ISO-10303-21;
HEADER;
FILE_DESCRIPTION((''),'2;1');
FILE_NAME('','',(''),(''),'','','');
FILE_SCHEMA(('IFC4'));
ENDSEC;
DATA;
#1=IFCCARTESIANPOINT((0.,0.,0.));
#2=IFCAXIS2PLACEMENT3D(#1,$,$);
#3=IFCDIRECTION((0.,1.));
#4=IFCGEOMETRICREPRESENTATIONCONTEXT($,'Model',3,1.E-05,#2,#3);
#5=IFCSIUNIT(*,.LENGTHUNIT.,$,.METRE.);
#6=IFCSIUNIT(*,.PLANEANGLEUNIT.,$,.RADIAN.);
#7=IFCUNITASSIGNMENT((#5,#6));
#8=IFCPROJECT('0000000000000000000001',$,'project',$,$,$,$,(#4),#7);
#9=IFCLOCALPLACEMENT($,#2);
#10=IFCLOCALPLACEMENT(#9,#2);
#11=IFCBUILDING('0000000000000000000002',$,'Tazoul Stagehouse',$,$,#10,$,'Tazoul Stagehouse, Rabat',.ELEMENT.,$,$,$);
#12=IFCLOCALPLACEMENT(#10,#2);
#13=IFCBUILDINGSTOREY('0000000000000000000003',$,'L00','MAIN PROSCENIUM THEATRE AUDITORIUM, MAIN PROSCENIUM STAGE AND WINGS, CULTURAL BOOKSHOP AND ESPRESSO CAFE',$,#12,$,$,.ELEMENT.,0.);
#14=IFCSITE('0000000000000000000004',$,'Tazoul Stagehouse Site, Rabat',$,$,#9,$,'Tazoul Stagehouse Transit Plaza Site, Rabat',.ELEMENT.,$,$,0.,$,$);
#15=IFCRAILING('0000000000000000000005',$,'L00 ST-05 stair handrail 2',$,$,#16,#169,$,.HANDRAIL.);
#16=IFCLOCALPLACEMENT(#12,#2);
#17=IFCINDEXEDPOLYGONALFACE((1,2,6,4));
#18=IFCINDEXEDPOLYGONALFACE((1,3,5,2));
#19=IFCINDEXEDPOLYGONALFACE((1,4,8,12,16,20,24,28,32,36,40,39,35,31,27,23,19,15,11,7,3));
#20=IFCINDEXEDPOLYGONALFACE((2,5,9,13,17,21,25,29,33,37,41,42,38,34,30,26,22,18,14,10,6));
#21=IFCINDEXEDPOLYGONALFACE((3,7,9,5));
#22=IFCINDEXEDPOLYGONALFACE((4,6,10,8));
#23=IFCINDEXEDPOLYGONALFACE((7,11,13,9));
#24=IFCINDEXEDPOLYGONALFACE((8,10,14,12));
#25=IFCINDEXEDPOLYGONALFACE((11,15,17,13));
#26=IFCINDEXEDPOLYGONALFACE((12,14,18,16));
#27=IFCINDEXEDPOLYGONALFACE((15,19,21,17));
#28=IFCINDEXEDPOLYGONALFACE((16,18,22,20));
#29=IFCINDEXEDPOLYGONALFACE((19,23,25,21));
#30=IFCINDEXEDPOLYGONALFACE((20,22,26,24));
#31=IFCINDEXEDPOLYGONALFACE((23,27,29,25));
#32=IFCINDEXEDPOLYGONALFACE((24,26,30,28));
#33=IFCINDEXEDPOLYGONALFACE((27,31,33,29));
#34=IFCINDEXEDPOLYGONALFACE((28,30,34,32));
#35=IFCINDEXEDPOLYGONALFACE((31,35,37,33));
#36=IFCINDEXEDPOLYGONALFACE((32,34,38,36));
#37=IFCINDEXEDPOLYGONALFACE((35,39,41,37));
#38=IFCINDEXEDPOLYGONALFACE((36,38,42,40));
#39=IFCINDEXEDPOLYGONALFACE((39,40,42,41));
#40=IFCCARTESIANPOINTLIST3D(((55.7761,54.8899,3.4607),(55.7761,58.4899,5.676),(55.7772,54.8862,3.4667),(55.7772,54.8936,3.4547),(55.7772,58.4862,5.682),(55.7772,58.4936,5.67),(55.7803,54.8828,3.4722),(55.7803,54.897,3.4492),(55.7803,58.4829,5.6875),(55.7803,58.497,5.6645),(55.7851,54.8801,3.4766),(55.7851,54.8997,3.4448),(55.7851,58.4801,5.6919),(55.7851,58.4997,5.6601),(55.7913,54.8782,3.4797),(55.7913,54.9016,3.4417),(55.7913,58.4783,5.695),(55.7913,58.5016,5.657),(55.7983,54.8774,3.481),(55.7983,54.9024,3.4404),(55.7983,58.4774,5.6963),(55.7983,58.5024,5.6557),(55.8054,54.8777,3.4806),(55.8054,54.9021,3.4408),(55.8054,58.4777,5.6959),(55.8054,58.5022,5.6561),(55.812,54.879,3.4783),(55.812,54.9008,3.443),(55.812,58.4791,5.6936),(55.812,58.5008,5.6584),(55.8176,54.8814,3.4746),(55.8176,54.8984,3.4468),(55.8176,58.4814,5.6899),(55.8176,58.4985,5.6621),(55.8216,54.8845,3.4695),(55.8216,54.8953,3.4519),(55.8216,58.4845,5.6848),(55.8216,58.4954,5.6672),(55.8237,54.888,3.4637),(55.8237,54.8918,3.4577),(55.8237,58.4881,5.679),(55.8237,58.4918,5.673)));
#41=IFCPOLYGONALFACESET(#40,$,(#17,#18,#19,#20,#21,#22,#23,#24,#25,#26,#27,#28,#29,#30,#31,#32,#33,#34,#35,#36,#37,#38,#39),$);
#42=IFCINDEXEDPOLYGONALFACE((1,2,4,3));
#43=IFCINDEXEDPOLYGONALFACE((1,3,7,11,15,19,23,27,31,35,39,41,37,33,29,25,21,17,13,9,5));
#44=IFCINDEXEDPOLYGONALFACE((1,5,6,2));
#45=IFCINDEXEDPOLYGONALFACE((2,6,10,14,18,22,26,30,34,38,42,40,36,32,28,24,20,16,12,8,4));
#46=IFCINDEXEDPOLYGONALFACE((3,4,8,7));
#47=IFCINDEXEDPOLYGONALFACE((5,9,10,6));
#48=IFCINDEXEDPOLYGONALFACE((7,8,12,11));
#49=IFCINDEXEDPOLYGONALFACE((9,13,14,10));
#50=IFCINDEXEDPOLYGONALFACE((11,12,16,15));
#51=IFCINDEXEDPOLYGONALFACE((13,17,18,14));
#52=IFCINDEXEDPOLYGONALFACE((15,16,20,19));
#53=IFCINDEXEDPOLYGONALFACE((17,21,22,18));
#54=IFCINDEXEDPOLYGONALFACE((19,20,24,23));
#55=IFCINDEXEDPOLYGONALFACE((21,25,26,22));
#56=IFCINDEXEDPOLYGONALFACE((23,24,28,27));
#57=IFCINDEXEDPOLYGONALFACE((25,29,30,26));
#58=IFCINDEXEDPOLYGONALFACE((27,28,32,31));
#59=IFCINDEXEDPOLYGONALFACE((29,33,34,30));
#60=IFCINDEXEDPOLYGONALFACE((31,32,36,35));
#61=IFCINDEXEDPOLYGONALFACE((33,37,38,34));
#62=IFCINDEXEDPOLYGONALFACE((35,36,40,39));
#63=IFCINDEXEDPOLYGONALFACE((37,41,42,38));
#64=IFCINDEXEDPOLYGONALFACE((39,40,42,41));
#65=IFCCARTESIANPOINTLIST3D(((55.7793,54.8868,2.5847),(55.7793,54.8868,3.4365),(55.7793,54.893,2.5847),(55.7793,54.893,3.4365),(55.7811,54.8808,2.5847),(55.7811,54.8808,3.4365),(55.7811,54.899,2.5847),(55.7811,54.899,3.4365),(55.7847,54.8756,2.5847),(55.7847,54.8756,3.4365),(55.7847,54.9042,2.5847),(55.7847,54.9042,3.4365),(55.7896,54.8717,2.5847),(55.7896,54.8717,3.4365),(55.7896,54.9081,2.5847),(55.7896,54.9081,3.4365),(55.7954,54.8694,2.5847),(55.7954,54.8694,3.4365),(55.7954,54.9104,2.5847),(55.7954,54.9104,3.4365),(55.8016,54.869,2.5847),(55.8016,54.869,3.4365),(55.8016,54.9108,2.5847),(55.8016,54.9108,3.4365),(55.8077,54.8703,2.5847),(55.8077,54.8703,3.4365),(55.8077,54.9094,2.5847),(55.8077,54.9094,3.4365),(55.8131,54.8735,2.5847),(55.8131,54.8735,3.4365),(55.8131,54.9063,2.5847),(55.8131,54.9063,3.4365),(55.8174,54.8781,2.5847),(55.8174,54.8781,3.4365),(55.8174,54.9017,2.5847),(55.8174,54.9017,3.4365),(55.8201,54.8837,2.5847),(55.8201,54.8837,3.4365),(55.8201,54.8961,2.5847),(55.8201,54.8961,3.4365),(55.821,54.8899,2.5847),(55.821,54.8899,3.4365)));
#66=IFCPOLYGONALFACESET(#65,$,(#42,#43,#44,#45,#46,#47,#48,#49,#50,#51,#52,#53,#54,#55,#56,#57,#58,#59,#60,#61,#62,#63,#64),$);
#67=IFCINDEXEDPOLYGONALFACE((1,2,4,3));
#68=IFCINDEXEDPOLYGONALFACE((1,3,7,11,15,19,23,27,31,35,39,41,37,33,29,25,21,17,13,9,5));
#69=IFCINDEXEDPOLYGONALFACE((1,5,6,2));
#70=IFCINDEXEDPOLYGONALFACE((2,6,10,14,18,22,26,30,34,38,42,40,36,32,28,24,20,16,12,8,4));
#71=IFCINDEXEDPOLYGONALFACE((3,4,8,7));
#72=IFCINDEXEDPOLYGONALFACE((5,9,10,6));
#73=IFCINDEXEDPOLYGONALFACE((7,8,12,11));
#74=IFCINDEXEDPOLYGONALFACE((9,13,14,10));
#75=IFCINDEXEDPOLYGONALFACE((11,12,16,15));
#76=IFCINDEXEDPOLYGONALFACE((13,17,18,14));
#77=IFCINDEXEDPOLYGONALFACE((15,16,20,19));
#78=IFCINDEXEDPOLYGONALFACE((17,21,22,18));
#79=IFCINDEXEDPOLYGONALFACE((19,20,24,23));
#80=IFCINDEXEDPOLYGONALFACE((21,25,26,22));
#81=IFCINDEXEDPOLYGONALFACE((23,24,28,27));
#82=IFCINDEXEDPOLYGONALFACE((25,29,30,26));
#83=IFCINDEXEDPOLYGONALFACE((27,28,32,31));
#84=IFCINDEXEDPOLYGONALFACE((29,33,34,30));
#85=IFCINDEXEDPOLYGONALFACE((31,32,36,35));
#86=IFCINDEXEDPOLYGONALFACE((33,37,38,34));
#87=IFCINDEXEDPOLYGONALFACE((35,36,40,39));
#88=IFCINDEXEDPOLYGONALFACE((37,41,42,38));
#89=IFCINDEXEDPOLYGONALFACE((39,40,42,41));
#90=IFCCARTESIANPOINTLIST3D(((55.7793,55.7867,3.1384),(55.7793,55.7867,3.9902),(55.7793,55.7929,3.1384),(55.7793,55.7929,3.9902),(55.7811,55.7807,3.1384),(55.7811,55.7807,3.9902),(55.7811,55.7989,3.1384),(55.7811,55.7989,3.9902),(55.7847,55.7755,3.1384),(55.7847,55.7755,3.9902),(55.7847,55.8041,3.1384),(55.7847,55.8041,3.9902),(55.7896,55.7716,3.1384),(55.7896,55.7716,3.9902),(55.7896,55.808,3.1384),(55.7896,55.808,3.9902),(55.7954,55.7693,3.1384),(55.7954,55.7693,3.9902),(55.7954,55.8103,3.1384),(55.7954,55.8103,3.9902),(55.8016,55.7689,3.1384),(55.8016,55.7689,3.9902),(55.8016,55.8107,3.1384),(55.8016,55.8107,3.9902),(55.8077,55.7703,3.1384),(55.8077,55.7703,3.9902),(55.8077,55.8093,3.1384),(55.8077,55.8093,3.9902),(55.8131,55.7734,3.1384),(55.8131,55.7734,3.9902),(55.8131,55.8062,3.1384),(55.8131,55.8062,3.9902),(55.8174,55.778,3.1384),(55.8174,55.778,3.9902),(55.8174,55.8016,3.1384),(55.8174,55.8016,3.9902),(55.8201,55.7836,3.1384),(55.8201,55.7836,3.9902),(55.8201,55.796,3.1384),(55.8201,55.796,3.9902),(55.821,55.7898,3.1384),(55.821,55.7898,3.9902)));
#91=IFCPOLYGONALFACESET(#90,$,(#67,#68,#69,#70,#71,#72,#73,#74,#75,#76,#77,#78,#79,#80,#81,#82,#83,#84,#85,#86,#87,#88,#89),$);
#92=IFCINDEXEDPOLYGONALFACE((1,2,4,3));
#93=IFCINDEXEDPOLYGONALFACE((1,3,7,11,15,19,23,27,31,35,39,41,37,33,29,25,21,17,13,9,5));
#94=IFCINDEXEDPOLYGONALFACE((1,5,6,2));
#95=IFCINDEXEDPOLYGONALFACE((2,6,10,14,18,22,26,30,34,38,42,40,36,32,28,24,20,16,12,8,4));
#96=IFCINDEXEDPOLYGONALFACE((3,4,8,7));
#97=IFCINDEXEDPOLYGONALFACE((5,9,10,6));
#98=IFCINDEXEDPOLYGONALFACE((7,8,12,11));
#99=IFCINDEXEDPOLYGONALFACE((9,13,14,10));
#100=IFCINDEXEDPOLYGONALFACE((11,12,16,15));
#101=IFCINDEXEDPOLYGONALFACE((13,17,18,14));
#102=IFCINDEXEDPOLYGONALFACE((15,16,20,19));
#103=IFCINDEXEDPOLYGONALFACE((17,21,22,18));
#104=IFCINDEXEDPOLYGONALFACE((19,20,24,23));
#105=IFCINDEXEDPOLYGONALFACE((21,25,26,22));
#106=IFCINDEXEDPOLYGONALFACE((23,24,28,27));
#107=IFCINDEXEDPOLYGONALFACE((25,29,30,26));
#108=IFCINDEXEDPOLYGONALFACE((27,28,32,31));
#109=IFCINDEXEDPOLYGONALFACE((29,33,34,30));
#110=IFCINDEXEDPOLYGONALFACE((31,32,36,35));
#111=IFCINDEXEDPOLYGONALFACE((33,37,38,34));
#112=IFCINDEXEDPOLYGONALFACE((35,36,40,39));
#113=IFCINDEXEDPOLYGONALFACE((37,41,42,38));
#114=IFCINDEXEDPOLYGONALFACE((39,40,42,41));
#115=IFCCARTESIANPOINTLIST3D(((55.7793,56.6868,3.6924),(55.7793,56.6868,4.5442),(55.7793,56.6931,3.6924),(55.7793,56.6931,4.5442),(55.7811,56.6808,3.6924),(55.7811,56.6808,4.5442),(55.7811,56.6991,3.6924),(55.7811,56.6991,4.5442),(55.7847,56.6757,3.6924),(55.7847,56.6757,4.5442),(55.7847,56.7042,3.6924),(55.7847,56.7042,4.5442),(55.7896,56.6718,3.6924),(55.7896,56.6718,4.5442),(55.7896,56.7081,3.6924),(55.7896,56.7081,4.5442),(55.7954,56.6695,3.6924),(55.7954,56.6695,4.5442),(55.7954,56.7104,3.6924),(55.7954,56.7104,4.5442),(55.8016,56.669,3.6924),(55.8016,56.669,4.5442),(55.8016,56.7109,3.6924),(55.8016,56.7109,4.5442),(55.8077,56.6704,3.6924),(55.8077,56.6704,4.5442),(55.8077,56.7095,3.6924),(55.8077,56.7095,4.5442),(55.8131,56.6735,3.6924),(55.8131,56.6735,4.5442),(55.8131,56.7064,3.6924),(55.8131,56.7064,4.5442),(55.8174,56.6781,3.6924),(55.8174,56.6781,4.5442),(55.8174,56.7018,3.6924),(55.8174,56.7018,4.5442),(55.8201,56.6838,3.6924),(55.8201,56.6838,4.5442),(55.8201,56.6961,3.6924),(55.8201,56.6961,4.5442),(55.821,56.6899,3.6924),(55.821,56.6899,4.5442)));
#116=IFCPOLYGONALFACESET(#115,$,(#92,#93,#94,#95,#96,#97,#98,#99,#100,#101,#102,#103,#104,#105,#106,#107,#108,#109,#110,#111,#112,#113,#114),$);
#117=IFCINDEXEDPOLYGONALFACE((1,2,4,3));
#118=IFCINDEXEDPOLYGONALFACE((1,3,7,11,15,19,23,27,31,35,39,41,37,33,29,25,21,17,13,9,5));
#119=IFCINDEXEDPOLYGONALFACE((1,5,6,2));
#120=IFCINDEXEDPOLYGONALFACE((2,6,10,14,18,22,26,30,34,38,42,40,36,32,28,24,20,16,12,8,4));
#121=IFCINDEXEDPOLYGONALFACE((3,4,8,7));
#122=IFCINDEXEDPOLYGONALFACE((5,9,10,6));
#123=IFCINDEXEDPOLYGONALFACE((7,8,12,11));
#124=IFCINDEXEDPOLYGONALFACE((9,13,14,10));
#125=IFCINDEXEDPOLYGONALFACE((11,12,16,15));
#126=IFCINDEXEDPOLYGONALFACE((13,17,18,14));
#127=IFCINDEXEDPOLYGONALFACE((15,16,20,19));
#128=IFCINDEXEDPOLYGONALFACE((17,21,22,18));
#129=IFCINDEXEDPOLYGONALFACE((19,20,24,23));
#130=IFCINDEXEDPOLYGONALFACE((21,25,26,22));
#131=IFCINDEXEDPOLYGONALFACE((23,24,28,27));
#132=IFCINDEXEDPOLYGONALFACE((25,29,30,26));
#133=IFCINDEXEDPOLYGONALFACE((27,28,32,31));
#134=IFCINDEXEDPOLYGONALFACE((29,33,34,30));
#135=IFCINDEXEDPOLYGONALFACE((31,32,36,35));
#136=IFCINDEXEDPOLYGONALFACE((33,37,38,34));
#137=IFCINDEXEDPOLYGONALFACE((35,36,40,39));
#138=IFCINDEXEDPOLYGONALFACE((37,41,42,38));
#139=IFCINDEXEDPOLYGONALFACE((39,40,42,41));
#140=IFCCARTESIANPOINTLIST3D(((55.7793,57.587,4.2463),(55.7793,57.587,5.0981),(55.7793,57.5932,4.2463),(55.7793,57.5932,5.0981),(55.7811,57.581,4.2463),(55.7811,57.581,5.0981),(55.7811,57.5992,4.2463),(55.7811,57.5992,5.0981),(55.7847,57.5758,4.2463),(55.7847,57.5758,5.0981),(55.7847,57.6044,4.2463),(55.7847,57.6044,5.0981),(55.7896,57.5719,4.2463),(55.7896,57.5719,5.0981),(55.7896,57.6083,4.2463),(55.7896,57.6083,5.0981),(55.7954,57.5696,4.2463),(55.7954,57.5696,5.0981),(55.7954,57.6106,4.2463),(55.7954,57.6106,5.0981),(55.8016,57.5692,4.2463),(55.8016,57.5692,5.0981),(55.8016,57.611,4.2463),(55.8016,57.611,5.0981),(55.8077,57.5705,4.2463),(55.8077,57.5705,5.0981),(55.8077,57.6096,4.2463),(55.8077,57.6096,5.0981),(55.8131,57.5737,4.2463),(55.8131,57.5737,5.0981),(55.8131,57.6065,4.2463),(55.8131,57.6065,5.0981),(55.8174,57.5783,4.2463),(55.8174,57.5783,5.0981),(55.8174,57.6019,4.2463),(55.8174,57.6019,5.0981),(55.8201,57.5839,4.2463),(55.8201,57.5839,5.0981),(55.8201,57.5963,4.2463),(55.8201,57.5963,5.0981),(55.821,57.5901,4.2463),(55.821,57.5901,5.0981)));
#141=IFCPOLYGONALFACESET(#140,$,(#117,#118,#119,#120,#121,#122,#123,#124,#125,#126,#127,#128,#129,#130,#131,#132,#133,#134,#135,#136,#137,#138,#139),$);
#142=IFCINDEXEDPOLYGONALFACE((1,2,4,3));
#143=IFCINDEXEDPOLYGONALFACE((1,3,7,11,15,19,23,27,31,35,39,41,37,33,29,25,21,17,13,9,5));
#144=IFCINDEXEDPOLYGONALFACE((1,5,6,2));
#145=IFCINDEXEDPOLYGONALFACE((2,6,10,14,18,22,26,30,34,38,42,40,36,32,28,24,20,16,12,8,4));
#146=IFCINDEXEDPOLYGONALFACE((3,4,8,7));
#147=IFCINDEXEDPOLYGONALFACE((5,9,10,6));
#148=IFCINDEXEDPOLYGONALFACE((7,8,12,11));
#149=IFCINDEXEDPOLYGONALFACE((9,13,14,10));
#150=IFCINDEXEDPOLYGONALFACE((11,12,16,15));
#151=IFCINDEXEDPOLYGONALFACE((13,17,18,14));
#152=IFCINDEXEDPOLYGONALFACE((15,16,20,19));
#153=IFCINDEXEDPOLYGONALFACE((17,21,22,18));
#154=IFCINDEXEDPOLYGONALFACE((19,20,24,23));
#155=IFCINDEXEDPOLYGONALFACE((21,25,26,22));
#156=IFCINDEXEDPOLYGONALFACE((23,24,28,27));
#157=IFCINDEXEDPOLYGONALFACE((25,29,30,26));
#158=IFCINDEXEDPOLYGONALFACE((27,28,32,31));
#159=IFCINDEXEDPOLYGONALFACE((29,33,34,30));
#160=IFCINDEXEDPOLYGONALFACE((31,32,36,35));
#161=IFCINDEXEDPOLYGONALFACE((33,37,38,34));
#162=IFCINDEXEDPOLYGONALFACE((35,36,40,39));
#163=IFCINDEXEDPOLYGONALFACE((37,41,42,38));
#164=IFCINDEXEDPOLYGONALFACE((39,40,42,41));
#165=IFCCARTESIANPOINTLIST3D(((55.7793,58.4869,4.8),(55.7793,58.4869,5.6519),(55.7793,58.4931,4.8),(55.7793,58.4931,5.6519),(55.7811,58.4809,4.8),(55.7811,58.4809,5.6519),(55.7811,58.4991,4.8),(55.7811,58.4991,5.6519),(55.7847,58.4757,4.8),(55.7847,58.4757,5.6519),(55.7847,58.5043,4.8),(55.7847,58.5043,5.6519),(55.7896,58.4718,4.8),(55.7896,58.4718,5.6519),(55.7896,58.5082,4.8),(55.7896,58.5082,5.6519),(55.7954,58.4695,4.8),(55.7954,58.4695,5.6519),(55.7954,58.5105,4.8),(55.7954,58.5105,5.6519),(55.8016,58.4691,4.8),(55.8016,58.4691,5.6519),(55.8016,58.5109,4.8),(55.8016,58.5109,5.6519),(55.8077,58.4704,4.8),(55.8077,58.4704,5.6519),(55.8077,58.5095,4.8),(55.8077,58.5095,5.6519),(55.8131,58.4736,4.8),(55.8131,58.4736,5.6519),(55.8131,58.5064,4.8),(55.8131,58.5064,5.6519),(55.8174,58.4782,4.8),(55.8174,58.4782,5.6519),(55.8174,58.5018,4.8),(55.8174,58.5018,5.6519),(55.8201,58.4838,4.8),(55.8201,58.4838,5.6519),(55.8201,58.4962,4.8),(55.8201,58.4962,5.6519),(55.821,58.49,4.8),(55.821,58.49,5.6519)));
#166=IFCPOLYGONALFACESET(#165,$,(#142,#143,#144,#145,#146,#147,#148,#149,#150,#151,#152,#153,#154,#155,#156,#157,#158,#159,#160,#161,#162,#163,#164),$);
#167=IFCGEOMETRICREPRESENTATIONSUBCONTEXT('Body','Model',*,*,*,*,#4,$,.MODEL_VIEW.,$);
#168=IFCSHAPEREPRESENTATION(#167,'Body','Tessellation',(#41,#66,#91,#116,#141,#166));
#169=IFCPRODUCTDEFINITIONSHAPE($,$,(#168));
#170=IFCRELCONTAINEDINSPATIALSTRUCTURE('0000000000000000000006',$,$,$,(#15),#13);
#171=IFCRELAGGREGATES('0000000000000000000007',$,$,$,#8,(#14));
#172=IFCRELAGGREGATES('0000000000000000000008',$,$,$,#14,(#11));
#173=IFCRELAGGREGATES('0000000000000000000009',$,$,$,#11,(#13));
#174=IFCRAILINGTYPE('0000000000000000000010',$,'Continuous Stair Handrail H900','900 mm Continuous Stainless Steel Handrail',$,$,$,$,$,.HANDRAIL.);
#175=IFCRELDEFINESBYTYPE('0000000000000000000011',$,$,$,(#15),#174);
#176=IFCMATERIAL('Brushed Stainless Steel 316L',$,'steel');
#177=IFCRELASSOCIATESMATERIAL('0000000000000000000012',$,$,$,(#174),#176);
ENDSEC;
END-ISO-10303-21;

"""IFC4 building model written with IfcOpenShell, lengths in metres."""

from ifc_helpers import new_model, si_unit, direction, frame, origin, origin_2d, place, context, subcontext, project, spatial, circle, extrude, material, material_profile, profile_set, type_object, element, save


model = new_model("IFC4")

# Units and contexts
model_context = context("Model", 3, precision=1e-05, world=origin(), true_north=direction((0.0, 1.0)))
body_context = subcontext(model_context, "Body", "Model", "MODEL_VIEW")
ifc_project = project(units=[si_unit("LENGTHUNIT", "METRE"), si_unit("PLANEANGLEUNIT", "RADIAN")], contexts=[model_context])

# Site, building, storey
site_placement = place(None, origin())
site = spatial("IfcSite", under=ifc_project, at=site_placement, Name="Tazoul Stagehouse Site, Rabat", LongName="Tazoul Stagehouse Transit Plaza Site, Rabat", CompositionType="ELEMENT", RefElevation=0.0)
building_placement = place(site_placement, origin())
building = spatial("IfcBuilding", under=site, at=building_placement, Name="Tazoul Stagehouse", LongName="Tazoul Stagehouse, Rabat", CompositionType="ELEMENT")
storey_placement = place(building_placement, origin())
storey = spatial("IfcBuildingStorey", under=building, at=storey_placement, Name="L00", Description="MAIN PROSCENIUM THEATRE AUDITORIUM, MAIN PROSCENIUM STAGE AND WINGS, CULTURAL BOOKSHOP AND ESPRESSO CAFE", CompositionType="ELEMENT", Elevation=0.0)

# Railing
ifc_material_1 = material(Name="Brushed Stainless Steel 316L", Category="steel")
ifc_material_profile_1 = material_profile(ifc_material_1, circle(Radius=0.021, at=origin_2d()), Name="SS HANDRAIL D42")
ifc_profile_set_1 = profile_set([ifc_material_profile_1], Name="Brushed Stainless Steel 316L")
railing_type_1 = type_object("IfcRailingType", Name="Continuous Stair Handrail H900", Description="900 mm Continuous Stainless Steel Handrail", PredefinedType="HANDRAIL", material=ifc_profile_set_1)
railing_1_placement = place(storey_placement, frame((55.8, 54.8899, 2.5847)))
element("IfcRailing", 1, at=railing_1_placement, inside=storey, type_object=railing_type_1, Name="L00 ST-05 stair handrail 2", PredefinedType="HANDRAIL", context=body_context, shape_type="SweptSolid", body=[
    extrude(circle(Radius=0.0239, at=origin_2d()), frame((0.0, 0.0, 0.876), z_axis=(0.0, 0.85167, 0.524078), x_axis=(-1.0, 0.0, 0.0)), (0.0, 0.0, 1.0), 4.2271),
    extrude(circle(Radius=0.021, at=origin_2d()), origin(), (0.0, 0.0, 1.0), 0.8518),
    extrude(circle(Radius=0.021, at=origin_2d()), frame((0.0, 0.8999, 0.5537)), (0.0, 0.0, 1.0), 0.8518),
    extrude(circle(Radius=0.021, at=origin_2d()), frame((0.0, 1.8, 1.1077)), (0.0, 0.0, 1.0), 0.8518),
    extrude(circle(Radius=0.021, at=origin_2d()), frame((0.0, 2.7002, 1.6616)), (0.0, 0.0, 1.0), 0.8518),
    extrude(circle(Radius=0.021, at=origin_2d()), frame((0.0, 3.6001, 2.2153)), (0.0, 0.0, 1.0), 0.8518),
])

save(model, "model.ifc")
